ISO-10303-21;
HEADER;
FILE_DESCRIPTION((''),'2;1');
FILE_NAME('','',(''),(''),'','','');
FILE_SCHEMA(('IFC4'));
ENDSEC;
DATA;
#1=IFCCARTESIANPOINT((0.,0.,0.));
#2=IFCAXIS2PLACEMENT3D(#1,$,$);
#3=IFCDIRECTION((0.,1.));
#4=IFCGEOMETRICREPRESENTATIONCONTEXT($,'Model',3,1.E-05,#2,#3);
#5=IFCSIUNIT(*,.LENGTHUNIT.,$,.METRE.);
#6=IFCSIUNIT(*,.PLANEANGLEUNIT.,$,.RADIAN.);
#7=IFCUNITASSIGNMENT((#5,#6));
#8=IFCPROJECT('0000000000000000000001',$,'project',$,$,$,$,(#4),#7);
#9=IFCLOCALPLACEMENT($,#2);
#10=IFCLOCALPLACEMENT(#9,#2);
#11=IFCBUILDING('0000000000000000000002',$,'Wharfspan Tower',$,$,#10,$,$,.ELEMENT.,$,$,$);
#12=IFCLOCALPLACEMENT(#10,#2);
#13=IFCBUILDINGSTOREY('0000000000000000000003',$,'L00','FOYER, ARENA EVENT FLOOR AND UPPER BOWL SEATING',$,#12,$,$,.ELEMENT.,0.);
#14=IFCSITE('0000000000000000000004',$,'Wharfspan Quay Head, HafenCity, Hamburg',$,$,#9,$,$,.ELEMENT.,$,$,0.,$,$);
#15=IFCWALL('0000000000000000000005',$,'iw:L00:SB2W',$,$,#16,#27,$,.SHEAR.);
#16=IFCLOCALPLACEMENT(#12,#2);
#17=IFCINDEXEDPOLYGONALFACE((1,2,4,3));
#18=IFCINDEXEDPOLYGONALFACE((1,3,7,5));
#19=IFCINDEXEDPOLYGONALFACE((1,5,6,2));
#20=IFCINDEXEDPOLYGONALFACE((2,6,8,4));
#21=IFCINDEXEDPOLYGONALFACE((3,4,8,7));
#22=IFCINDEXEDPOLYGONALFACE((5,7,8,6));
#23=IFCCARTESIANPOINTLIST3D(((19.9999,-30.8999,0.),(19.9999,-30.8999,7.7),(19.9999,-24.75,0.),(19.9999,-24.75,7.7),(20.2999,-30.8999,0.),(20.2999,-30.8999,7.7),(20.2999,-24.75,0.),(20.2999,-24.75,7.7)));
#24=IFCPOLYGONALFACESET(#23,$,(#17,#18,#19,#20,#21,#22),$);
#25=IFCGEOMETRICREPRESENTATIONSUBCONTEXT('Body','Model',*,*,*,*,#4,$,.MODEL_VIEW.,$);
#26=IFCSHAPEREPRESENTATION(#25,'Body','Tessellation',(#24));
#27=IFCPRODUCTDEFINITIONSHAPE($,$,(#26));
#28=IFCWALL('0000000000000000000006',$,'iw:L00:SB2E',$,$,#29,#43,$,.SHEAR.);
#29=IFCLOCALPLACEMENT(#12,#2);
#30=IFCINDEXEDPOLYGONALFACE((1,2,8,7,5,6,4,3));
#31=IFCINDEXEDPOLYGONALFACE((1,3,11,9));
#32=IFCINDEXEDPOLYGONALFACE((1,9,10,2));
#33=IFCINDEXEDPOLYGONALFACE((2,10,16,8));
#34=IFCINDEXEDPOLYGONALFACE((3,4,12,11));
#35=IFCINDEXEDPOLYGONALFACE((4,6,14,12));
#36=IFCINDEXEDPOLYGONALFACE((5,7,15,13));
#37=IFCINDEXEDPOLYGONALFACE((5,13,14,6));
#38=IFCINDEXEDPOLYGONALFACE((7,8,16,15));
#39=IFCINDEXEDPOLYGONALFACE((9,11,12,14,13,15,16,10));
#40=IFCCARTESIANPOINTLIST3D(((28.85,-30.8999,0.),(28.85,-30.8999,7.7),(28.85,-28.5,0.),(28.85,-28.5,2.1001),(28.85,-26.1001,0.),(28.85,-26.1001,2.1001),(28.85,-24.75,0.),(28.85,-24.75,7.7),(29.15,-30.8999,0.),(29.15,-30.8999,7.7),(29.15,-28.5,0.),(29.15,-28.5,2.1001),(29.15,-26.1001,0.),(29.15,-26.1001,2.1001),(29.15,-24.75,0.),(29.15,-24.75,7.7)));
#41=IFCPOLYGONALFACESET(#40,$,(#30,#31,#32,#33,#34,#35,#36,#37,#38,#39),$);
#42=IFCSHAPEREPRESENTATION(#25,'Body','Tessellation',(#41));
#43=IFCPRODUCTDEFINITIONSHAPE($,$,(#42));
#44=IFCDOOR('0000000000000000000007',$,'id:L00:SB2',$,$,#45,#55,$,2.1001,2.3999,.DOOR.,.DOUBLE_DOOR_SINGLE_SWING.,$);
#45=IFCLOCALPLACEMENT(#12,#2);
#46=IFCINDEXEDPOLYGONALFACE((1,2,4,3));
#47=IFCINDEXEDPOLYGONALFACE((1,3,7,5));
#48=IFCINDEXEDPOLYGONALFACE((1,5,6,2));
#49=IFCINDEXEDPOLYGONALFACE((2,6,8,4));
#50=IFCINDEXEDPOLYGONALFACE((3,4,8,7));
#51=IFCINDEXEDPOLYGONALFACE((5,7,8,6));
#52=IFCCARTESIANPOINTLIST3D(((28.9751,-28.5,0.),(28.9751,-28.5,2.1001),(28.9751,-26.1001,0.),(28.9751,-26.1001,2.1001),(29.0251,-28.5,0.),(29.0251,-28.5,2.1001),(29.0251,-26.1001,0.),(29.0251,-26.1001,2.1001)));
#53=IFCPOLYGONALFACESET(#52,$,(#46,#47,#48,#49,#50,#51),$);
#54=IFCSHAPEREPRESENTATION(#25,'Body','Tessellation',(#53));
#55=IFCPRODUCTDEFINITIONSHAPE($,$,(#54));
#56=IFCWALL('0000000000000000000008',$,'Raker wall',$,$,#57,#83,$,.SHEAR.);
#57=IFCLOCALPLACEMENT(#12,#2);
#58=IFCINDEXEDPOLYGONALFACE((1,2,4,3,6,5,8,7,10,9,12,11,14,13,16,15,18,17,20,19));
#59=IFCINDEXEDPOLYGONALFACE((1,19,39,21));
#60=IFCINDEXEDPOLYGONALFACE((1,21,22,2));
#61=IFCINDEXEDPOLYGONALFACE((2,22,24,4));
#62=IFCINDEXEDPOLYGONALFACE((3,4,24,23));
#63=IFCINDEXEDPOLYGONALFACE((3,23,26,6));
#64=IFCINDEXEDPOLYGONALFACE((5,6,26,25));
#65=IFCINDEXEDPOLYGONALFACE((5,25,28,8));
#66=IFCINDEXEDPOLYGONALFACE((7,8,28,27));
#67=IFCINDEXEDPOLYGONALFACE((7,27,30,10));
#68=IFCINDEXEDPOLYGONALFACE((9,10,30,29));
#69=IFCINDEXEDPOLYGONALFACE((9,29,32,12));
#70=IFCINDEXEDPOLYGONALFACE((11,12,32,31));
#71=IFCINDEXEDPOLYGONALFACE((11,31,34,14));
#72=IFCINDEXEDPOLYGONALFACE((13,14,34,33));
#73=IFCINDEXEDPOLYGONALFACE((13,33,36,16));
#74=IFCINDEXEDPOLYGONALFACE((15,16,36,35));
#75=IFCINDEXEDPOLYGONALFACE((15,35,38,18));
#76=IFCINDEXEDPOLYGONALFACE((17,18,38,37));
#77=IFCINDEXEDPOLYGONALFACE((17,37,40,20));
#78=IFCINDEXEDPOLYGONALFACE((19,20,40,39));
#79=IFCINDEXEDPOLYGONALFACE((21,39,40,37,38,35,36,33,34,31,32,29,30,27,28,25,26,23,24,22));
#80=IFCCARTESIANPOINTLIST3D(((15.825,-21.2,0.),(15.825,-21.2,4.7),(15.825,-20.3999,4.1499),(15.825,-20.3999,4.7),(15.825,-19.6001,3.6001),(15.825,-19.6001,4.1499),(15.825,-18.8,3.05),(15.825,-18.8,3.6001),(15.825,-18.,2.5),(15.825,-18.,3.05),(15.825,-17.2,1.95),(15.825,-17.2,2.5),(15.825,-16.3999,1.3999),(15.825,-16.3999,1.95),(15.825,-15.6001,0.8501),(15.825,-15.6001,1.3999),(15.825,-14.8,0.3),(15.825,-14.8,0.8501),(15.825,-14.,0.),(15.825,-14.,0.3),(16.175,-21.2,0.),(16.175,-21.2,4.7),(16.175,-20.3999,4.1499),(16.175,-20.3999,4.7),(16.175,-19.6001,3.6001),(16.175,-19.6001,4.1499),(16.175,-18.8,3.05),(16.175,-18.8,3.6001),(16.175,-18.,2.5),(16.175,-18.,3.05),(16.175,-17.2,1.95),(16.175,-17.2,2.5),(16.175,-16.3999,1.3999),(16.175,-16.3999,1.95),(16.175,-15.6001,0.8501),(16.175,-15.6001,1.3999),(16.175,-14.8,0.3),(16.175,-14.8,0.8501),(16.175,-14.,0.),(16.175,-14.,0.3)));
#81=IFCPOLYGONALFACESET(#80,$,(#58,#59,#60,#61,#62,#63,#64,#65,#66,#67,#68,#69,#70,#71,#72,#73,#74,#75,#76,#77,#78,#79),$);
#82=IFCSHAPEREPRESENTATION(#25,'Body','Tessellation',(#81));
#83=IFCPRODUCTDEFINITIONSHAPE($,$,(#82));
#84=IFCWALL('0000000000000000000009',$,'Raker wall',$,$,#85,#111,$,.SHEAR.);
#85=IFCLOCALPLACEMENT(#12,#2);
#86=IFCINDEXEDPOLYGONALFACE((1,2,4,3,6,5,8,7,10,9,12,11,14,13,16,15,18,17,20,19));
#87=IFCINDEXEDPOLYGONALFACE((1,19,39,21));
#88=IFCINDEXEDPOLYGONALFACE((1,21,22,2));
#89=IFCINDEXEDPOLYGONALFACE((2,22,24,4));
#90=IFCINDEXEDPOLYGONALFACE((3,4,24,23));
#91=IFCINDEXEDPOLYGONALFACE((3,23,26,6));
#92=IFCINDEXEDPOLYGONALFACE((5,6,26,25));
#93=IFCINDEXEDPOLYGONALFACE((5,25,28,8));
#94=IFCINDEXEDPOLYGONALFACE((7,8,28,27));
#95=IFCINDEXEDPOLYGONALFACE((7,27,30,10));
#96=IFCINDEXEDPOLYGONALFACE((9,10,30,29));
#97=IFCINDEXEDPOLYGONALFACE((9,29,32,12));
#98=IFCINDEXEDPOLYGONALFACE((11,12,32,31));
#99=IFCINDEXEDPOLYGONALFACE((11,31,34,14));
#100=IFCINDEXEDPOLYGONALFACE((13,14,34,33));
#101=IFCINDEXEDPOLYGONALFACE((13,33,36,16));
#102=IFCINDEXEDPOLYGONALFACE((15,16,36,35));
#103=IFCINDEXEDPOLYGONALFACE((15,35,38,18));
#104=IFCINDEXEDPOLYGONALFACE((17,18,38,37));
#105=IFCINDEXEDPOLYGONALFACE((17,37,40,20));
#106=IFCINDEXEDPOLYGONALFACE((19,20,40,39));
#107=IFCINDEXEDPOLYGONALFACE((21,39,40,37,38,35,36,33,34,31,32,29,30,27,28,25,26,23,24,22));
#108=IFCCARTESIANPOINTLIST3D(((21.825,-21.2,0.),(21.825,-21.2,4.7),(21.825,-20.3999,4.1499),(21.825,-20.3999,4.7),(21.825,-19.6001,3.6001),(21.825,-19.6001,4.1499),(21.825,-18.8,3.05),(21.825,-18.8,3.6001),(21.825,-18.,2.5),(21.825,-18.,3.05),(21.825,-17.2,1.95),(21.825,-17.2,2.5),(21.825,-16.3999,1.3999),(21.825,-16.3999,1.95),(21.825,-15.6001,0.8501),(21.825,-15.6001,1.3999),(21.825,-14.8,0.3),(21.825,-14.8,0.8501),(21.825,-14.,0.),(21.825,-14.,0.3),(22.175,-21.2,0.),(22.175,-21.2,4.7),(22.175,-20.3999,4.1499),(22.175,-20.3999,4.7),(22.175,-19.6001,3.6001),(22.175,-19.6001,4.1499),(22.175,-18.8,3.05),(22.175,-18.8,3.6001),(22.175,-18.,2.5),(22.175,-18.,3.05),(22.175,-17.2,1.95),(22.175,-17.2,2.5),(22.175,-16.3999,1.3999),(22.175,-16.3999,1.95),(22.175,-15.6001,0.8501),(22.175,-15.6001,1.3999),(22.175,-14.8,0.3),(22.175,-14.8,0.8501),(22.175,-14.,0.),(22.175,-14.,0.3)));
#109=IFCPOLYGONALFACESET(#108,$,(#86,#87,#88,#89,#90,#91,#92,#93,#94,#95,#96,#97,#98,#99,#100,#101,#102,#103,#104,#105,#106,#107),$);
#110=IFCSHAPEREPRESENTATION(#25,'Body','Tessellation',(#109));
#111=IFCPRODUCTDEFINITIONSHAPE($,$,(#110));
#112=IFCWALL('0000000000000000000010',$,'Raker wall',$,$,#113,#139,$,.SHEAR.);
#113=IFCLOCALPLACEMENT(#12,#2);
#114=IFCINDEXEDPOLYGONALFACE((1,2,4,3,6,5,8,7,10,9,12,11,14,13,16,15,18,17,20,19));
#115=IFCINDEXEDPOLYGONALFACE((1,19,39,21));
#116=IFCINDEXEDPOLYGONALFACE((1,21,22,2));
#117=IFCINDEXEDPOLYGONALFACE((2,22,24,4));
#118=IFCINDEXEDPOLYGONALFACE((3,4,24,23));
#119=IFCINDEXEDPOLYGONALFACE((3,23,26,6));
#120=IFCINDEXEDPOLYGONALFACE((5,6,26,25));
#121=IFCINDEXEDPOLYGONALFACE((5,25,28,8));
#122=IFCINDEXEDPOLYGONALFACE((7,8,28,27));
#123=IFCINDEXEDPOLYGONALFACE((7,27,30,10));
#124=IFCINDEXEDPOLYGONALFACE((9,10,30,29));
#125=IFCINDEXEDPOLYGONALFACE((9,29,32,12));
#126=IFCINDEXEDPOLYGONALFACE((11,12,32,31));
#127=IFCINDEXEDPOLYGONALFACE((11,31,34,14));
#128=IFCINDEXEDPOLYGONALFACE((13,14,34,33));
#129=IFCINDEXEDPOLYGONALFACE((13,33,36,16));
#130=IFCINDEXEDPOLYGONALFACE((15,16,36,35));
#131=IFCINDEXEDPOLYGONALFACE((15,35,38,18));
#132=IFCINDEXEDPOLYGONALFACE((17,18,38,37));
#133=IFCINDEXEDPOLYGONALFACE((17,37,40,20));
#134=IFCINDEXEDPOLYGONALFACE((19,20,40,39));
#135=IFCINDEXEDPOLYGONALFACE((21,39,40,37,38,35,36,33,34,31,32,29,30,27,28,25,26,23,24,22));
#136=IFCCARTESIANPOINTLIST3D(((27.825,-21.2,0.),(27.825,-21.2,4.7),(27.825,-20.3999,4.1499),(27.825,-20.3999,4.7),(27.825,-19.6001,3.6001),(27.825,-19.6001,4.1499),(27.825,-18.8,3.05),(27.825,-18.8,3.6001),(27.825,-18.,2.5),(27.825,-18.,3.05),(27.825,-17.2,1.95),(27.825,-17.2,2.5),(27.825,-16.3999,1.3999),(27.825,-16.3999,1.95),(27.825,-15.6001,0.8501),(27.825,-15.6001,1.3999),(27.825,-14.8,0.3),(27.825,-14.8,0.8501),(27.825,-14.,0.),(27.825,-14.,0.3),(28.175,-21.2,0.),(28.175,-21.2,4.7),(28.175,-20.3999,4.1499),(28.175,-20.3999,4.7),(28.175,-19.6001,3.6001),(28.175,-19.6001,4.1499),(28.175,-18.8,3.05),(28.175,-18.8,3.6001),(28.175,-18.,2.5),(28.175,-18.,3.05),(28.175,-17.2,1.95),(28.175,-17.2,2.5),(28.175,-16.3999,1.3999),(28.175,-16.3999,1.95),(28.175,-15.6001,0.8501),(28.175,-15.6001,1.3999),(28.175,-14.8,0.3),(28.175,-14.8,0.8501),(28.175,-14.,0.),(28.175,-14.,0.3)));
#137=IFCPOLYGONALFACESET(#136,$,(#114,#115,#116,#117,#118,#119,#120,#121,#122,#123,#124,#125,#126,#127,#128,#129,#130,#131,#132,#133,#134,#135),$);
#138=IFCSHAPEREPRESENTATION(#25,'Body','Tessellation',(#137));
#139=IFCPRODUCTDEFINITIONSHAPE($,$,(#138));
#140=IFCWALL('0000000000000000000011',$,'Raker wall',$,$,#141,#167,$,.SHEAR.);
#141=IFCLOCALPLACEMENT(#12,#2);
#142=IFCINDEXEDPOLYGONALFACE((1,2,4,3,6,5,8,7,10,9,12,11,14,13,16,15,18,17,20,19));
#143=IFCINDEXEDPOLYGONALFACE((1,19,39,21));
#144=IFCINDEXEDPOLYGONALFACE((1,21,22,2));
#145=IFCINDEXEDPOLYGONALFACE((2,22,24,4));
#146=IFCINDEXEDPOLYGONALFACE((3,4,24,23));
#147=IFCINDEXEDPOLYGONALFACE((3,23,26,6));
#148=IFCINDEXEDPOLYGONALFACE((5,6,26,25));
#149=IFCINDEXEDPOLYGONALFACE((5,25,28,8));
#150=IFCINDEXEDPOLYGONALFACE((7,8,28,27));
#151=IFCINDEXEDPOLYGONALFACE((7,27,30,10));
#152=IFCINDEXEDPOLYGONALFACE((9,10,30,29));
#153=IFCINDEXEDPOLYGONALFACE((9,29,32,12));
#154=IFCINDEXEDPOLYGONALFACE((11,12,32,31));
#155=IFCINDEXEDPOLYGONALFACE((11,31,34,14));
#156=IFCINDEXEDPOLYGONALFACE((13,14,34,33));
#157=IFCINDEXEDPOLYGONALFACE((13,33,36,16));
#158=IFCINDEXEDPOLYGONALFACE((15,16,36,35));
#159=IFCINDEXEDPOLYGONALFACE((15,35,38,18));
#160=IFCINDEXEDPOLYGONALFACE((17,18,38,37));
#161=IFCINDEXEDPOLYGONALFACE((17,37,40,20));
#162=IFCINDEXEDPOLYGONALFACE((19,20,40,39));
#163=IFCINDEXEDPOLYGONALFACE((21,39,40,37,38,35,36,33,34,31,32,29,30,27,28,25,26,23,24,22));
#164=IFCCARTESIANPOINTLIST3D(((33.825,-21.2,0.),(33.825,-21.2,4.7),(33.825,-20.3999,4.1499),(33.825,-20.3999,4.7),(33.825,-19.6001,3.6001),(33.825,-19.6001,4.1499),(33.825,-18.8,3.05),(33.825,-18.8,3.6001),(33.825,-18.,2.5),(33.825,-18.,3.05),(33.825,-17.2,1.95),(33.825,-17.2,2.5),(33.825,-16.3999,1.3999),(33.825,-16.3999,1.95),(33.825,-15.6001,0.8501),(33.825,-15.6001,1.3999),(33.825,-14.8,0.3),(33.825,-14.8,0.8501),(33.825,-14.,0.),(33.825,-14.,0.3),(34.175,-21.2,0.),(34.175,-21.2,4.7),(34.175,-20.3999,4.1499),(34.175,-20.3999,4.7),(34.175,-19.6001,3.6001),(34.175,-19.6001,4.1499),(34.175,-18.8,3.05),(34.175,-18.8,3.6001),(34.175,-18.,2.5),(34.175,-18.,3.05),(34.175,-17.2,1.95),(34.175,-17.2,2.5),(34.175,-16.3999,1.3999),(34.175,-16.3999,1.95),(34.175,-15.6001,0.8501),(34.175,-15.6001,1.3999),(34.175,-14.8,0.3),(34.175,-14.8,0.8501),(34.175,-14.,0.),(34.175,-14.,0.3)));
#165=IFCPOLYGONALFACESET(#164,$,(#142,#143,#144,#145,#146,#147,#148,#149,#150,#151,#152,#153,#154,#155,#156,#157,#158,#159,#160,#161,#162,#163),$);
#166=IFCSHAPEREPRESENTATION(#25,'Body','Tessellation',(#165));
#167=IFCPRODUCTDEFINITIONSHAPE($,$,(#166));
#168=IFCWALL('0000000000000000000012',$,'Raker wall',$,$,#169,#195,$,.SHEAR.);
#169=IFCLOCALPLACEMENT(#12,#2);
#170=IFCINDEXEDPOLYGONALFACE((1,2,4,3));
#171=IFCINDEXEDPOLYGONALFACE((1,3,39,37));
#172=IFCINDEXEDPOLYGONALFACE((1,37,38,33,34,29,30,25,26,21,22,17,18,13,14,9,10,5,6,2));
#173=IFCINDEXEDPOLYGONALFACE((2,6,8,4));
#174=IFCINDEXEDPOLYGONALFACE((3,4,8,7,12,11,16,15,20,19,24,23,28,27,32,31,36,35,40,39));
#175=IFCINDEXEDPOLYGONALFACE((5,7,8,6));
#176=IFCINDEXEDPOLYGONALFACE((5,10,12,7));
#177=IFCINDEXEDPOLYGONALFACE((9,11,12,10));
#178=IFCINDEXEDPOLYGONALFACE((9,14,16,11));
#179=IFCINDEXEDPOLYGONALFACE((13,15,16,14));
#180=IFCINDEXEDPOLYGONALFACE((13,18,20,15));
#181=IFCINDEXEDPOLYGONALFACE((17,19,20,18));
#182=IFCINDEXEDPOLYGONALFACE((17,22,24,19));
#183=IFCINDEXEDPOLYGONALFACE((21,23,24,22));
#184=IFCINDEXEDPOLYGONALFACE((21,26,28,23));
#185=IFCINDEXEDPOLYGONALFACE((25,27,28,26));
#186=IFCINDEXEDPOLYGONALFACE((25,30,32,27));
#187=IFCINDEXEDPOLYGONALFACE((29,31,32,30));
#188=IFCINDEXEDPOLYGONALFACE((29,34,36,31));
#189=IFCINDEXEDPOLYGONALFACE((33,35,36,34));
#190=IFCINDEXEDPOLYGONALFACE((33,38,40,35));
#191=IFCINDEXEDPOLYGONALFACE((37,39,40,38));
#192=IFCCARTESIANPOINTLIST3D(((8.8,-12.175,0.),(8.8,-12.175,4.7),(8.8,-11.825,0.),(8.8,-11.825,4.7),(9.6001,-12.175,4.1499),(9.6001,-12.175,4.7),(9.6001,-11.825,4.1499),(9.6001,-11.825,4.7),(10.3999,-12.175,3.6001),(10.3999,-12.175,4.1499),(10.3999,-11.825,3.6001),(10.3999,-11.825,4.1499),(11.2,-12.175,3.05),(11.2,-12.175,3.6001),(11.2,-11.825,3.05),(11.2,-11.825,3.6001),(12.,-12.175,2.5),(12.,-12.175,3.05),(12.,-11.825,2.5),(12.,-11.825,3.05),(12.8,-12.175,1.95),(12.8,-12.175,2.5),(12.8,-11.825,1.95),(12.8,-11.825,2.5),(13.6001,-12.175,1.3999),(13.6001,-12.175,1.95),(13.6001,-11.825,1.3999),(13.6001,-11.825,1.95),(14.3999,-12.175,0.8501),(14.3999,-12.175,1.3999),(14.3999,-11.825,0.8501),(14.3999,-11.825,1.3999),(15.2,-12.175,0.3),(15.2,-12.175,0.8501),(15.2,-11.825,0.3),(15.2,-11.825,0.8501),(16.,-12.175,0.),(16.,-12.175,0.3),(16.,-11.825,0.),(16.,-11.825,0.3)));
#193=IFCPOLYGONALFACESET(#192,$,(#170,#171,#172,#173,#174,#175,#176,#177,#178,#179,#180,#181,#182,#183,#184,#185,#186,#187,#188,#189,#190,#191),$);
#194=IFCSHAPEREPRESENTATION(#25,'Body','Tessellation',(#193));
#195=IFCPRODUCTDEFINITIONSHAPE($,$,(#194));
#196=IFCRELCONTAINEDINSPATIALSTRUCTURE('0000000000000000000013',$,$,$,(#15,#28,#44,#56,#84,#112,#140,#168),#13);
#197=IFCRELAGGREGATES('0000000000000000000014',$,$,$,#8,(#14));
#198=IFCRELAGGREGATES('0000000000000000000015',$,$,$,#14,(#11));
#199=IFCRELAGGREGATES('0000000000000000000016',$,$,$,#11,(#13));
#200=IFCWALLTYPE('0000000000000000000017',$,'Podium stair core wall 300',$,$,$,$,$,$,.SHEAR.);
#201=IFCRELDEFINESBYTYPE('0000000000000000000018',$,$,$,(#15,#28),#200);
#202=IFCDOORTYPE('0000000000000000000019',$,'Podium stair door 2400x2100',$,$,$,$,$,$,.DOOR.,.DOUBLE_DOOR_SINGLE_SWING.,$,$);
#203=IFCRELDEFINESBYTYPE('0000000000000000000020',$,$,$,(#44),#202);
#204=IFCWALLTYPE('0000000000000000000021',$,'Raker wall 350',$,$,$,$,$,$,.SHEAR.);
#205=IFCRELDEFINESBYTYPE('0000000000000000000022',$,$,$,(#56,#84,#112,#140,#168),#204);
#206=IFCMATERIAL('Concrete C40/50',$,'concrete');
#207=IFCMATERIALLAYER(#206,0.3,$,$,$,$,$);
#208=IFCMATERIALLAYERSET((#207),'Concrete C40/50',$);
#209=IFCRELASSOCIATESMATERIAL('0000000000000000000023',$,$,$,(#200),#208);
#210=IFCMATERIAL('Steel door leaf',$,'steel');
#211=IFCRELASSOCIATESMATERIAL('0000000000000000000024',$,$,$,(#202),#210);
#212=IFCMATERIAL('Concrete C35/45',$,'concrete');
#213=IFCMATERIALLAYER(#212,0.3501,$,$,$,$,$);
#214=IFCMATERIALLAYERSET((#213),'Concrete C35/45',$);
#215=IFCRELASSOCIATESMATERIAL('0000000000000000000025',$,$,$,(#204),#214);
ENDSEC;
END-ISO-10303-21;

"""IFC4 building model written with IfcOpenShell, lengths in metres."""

from ifc_helpers import new_model, si_unit, direction, frame, frame_2d, origin, place, context, subcontext, project, spatial, polyline, rectangle, outline, extrude, material, layer, layer_set, type_object, element, fill, save


model = new_model("IFC4")

# Units and contexts
model_context = context("Model", 3, precision=1e-05, world=origin(), true_north=direction((0.0, 1.0)))
body_context = subcontext(model_context, "Body", "Model", "MODEL_VIEW")
ifc_project = project(units=[si_unit("LENGTHUNIT", "METRE"), si_unit("PLANEANGLEUNIT", "RADIAN")], contexts=[model_context])

# Site, building, storey
site_placement = place(None, origin())
site = spatial("IfcSite", under=ifc_project, at=site_placement, Name="Wharfspan Quay Head, HafenCity, Hamburg", CompositionType="ELEMENT", RefElevation=0.0)
building_placement = place(site_placement, origin())
building = spatial("IfcBuilding", under=site, at=building_placement, Name="Wharfspan Tower", CompositionType="ELEMENT")
storey_placement = place(building_placement, origin())
storey = spatial("IfcBuildingStorey", under=building, at=storey_placement, Name="L00", Description="FOYER, ARENA EVENT FLOOR AND UPPER BOWL SEATING", CompositionType="ELEMENT", Elevation=0.0)

# Shared definitions
ifc_material_1 = material(Name="Steel door leaf", Category="steel")

# Shared definitions
ifc_material_2 = material(Name="Concrete C40/50", Category="concrete")
ifc_layer_1 = layer(ifc_material_2, 0.3)
ifc_layer_set_1 = layer_set([ifc_layer_1], Name="Concrete C40/50")
wall_type_1 = type_object("IfcWallType", Name="Podium stair core wall 300", PredefinedType="SHEAR", material=ifc_layer_set_1)
door_type_1 = type_object("IfcDoorType", Name="Podium stair door 2400x2100", OperationType="DOUBLE_DOOR_SINGLE_SWING", PredefinedType="DOOR", material=ifc_material_1)

# Wall
wall_1_placement = place(storey_placement, frame((20.1499, -30.8999, 0.0), z_axis=(0.0, 0.0, 1.0), x_axis=(0.0, 1.0, 0.0)))
element("IfcWall", 1, at=wall_1_placement, inside=storey, type_object=wall_type_1, Name="iw:L00:SB2W", PredefinedType="SHEAR", context=body_context, shape_type="SweptSolid", body=[
    extrude(rectangle(XDim=6.1499, YDim=0.3, at=frame_2d((3.075, 0.0))), origin(), (0.0, 0.0, 1.0), 7.7),
])

# Wall, opening, door
wall_2_placement = place(storey_placement, frame((29.0, -30.8999, 0.0), z_axis=(0.0, 0.0, 1.0), x_axis=(0.0, 1.0, 0.0)))
wall_2 = element("IfcWall", 2, at=wall_2_placement, inside=storey, type_object=wall_type_1, Name="iw:L00:SB2E", PredefinedType="SHEAR", context=body_context, shape_type="SweptSolid", body=[
    extrude(rectangle(XDim=6.1499, YDim=0.3, at=frame_2d((3.075, 0.0))), origin(), (0.0, 0.0, 1.0), 7.7),
])
opening_1_placement = place(wall_2_placement, frame((2.3999, 0.0, 0.0)))
opening_1 = element("IfcOpeningElement", 3, at=opening_1_placement, cuts=wall_2, PredefinedType="OPENING", context=body_context, shape_type="SweptSolid", body=[
    extrude(rectangle(XDim=2.3999, YDim=2.1001, at=frame_2d((1.2, 1.05))), frame((0.0, 0.1599, 0.0), z_axis=(0.0, -1.0, 0.0), x_axis=(1.0, 0.0, 0.0)), (0.0, 0.0, 1.0), 0.3201),
])
door_1_placement = place(opening_1_placement, origin())
door_1 = element("IfcDoor", 4, at=door_1_placement, inside=storey, type_object=door_type_1, Name="id:L00:SB2", OperationType="DOUBLE_DOOR_SINGLE_SWING", OverallHeight=2.1001, OverallWidth=2.3999, PredefinedType="DOOR", context=body_context, shape_type="SweptSolid", body=[
    extrude(rectangle(XDim=2.3999, YDim=2.1001, at=frame_2d((1.2, 1.05))), frame((0.0, 0.0249, 0.0), z_axis=(0.0, -1.0, 0.0), x_axis=(1.0, 0.0, 0.0)), (0.0, 0.0, 1.0), 0.05),
])
fill(opening_1, door_1)

# Walls
ifc_material_3 = material(Name="Concrete C35/45", Category="concrete")
ifc_layer_2 = layer(ifc_material_3, 0.3501)
ifc_layer_set_2 = layer_set([ifc_layer_2], Name="Concrete C35/45")
wall_type_2 = type_object("IfcWallType", Name="Raker wall 350", PredefinedType="SHEAR", material=ifc_layer_set_2)
for number, where, z_axis, x_axis, name in (
    (5, (16.0, -14.0, 0.0), (0.0, 0.0, 1.0), (0.0, -1.0, 0.0), "Raker wall"),
    (6, (22.0, -14.0, 0.0), (0.0, 0.0, 1.0), (0.0, -1.0, 0.0), "Raker wall"),
    (7, (28.0, -14.0, 0.0), (0.0, 0.0, 1.0), (0.0, -1.0, 0.0), "Raker wall"),
    (8, (34.0, -14.0, 0.0), (0.0, 0.0, 1.0), (0.0, -1.0, 0.0), "Raker wall"),
    (9, (16.0, -12.0, 0.0), (0.0, 0.0, 1.0), (-1.0, 0.0, 0.0), "Raker wall"),
):
    element("IfcWall", number, at=place(storey_placement, frame(where, z_axis=z_axis, x_axis=x_axis)), inside=storey, type_object=wall_type_2, Name=name, PredefinedType="SHEAR", context=body_context, shape_type="SweptSolid", body=[
        extrude(outline(polyline([(0.0, 0.0), (7.2, 0.0), (7.2, 4.7), (6.3999, 4.7), (6.3999, 4.1499), (5.6001, 4.1499), (5.6001, 3.6001), (4.8, 3.6001), (4.8, 3.05), (4.0, 3.05), (4.0, 2.5), (3.2, 2.5), (3.2, 1.95), (2.3999, 1.95), (2.3999, 1.3999), (1.6001, 1.3999), (1.6001, 0.8501), (0.8, 0.8501), (0.8, 0.3), (0.0, 0.3), (0.0, 0.0)])), frame((0.0, 0.175, 0.0), z_axis=(0.0, -1.0, 0.0), x_axis=(1.0, 0.0, 0.0)), (0.0, 0.0, 1.0), 0.3501),
    ])

save(model, "model.ifc")
